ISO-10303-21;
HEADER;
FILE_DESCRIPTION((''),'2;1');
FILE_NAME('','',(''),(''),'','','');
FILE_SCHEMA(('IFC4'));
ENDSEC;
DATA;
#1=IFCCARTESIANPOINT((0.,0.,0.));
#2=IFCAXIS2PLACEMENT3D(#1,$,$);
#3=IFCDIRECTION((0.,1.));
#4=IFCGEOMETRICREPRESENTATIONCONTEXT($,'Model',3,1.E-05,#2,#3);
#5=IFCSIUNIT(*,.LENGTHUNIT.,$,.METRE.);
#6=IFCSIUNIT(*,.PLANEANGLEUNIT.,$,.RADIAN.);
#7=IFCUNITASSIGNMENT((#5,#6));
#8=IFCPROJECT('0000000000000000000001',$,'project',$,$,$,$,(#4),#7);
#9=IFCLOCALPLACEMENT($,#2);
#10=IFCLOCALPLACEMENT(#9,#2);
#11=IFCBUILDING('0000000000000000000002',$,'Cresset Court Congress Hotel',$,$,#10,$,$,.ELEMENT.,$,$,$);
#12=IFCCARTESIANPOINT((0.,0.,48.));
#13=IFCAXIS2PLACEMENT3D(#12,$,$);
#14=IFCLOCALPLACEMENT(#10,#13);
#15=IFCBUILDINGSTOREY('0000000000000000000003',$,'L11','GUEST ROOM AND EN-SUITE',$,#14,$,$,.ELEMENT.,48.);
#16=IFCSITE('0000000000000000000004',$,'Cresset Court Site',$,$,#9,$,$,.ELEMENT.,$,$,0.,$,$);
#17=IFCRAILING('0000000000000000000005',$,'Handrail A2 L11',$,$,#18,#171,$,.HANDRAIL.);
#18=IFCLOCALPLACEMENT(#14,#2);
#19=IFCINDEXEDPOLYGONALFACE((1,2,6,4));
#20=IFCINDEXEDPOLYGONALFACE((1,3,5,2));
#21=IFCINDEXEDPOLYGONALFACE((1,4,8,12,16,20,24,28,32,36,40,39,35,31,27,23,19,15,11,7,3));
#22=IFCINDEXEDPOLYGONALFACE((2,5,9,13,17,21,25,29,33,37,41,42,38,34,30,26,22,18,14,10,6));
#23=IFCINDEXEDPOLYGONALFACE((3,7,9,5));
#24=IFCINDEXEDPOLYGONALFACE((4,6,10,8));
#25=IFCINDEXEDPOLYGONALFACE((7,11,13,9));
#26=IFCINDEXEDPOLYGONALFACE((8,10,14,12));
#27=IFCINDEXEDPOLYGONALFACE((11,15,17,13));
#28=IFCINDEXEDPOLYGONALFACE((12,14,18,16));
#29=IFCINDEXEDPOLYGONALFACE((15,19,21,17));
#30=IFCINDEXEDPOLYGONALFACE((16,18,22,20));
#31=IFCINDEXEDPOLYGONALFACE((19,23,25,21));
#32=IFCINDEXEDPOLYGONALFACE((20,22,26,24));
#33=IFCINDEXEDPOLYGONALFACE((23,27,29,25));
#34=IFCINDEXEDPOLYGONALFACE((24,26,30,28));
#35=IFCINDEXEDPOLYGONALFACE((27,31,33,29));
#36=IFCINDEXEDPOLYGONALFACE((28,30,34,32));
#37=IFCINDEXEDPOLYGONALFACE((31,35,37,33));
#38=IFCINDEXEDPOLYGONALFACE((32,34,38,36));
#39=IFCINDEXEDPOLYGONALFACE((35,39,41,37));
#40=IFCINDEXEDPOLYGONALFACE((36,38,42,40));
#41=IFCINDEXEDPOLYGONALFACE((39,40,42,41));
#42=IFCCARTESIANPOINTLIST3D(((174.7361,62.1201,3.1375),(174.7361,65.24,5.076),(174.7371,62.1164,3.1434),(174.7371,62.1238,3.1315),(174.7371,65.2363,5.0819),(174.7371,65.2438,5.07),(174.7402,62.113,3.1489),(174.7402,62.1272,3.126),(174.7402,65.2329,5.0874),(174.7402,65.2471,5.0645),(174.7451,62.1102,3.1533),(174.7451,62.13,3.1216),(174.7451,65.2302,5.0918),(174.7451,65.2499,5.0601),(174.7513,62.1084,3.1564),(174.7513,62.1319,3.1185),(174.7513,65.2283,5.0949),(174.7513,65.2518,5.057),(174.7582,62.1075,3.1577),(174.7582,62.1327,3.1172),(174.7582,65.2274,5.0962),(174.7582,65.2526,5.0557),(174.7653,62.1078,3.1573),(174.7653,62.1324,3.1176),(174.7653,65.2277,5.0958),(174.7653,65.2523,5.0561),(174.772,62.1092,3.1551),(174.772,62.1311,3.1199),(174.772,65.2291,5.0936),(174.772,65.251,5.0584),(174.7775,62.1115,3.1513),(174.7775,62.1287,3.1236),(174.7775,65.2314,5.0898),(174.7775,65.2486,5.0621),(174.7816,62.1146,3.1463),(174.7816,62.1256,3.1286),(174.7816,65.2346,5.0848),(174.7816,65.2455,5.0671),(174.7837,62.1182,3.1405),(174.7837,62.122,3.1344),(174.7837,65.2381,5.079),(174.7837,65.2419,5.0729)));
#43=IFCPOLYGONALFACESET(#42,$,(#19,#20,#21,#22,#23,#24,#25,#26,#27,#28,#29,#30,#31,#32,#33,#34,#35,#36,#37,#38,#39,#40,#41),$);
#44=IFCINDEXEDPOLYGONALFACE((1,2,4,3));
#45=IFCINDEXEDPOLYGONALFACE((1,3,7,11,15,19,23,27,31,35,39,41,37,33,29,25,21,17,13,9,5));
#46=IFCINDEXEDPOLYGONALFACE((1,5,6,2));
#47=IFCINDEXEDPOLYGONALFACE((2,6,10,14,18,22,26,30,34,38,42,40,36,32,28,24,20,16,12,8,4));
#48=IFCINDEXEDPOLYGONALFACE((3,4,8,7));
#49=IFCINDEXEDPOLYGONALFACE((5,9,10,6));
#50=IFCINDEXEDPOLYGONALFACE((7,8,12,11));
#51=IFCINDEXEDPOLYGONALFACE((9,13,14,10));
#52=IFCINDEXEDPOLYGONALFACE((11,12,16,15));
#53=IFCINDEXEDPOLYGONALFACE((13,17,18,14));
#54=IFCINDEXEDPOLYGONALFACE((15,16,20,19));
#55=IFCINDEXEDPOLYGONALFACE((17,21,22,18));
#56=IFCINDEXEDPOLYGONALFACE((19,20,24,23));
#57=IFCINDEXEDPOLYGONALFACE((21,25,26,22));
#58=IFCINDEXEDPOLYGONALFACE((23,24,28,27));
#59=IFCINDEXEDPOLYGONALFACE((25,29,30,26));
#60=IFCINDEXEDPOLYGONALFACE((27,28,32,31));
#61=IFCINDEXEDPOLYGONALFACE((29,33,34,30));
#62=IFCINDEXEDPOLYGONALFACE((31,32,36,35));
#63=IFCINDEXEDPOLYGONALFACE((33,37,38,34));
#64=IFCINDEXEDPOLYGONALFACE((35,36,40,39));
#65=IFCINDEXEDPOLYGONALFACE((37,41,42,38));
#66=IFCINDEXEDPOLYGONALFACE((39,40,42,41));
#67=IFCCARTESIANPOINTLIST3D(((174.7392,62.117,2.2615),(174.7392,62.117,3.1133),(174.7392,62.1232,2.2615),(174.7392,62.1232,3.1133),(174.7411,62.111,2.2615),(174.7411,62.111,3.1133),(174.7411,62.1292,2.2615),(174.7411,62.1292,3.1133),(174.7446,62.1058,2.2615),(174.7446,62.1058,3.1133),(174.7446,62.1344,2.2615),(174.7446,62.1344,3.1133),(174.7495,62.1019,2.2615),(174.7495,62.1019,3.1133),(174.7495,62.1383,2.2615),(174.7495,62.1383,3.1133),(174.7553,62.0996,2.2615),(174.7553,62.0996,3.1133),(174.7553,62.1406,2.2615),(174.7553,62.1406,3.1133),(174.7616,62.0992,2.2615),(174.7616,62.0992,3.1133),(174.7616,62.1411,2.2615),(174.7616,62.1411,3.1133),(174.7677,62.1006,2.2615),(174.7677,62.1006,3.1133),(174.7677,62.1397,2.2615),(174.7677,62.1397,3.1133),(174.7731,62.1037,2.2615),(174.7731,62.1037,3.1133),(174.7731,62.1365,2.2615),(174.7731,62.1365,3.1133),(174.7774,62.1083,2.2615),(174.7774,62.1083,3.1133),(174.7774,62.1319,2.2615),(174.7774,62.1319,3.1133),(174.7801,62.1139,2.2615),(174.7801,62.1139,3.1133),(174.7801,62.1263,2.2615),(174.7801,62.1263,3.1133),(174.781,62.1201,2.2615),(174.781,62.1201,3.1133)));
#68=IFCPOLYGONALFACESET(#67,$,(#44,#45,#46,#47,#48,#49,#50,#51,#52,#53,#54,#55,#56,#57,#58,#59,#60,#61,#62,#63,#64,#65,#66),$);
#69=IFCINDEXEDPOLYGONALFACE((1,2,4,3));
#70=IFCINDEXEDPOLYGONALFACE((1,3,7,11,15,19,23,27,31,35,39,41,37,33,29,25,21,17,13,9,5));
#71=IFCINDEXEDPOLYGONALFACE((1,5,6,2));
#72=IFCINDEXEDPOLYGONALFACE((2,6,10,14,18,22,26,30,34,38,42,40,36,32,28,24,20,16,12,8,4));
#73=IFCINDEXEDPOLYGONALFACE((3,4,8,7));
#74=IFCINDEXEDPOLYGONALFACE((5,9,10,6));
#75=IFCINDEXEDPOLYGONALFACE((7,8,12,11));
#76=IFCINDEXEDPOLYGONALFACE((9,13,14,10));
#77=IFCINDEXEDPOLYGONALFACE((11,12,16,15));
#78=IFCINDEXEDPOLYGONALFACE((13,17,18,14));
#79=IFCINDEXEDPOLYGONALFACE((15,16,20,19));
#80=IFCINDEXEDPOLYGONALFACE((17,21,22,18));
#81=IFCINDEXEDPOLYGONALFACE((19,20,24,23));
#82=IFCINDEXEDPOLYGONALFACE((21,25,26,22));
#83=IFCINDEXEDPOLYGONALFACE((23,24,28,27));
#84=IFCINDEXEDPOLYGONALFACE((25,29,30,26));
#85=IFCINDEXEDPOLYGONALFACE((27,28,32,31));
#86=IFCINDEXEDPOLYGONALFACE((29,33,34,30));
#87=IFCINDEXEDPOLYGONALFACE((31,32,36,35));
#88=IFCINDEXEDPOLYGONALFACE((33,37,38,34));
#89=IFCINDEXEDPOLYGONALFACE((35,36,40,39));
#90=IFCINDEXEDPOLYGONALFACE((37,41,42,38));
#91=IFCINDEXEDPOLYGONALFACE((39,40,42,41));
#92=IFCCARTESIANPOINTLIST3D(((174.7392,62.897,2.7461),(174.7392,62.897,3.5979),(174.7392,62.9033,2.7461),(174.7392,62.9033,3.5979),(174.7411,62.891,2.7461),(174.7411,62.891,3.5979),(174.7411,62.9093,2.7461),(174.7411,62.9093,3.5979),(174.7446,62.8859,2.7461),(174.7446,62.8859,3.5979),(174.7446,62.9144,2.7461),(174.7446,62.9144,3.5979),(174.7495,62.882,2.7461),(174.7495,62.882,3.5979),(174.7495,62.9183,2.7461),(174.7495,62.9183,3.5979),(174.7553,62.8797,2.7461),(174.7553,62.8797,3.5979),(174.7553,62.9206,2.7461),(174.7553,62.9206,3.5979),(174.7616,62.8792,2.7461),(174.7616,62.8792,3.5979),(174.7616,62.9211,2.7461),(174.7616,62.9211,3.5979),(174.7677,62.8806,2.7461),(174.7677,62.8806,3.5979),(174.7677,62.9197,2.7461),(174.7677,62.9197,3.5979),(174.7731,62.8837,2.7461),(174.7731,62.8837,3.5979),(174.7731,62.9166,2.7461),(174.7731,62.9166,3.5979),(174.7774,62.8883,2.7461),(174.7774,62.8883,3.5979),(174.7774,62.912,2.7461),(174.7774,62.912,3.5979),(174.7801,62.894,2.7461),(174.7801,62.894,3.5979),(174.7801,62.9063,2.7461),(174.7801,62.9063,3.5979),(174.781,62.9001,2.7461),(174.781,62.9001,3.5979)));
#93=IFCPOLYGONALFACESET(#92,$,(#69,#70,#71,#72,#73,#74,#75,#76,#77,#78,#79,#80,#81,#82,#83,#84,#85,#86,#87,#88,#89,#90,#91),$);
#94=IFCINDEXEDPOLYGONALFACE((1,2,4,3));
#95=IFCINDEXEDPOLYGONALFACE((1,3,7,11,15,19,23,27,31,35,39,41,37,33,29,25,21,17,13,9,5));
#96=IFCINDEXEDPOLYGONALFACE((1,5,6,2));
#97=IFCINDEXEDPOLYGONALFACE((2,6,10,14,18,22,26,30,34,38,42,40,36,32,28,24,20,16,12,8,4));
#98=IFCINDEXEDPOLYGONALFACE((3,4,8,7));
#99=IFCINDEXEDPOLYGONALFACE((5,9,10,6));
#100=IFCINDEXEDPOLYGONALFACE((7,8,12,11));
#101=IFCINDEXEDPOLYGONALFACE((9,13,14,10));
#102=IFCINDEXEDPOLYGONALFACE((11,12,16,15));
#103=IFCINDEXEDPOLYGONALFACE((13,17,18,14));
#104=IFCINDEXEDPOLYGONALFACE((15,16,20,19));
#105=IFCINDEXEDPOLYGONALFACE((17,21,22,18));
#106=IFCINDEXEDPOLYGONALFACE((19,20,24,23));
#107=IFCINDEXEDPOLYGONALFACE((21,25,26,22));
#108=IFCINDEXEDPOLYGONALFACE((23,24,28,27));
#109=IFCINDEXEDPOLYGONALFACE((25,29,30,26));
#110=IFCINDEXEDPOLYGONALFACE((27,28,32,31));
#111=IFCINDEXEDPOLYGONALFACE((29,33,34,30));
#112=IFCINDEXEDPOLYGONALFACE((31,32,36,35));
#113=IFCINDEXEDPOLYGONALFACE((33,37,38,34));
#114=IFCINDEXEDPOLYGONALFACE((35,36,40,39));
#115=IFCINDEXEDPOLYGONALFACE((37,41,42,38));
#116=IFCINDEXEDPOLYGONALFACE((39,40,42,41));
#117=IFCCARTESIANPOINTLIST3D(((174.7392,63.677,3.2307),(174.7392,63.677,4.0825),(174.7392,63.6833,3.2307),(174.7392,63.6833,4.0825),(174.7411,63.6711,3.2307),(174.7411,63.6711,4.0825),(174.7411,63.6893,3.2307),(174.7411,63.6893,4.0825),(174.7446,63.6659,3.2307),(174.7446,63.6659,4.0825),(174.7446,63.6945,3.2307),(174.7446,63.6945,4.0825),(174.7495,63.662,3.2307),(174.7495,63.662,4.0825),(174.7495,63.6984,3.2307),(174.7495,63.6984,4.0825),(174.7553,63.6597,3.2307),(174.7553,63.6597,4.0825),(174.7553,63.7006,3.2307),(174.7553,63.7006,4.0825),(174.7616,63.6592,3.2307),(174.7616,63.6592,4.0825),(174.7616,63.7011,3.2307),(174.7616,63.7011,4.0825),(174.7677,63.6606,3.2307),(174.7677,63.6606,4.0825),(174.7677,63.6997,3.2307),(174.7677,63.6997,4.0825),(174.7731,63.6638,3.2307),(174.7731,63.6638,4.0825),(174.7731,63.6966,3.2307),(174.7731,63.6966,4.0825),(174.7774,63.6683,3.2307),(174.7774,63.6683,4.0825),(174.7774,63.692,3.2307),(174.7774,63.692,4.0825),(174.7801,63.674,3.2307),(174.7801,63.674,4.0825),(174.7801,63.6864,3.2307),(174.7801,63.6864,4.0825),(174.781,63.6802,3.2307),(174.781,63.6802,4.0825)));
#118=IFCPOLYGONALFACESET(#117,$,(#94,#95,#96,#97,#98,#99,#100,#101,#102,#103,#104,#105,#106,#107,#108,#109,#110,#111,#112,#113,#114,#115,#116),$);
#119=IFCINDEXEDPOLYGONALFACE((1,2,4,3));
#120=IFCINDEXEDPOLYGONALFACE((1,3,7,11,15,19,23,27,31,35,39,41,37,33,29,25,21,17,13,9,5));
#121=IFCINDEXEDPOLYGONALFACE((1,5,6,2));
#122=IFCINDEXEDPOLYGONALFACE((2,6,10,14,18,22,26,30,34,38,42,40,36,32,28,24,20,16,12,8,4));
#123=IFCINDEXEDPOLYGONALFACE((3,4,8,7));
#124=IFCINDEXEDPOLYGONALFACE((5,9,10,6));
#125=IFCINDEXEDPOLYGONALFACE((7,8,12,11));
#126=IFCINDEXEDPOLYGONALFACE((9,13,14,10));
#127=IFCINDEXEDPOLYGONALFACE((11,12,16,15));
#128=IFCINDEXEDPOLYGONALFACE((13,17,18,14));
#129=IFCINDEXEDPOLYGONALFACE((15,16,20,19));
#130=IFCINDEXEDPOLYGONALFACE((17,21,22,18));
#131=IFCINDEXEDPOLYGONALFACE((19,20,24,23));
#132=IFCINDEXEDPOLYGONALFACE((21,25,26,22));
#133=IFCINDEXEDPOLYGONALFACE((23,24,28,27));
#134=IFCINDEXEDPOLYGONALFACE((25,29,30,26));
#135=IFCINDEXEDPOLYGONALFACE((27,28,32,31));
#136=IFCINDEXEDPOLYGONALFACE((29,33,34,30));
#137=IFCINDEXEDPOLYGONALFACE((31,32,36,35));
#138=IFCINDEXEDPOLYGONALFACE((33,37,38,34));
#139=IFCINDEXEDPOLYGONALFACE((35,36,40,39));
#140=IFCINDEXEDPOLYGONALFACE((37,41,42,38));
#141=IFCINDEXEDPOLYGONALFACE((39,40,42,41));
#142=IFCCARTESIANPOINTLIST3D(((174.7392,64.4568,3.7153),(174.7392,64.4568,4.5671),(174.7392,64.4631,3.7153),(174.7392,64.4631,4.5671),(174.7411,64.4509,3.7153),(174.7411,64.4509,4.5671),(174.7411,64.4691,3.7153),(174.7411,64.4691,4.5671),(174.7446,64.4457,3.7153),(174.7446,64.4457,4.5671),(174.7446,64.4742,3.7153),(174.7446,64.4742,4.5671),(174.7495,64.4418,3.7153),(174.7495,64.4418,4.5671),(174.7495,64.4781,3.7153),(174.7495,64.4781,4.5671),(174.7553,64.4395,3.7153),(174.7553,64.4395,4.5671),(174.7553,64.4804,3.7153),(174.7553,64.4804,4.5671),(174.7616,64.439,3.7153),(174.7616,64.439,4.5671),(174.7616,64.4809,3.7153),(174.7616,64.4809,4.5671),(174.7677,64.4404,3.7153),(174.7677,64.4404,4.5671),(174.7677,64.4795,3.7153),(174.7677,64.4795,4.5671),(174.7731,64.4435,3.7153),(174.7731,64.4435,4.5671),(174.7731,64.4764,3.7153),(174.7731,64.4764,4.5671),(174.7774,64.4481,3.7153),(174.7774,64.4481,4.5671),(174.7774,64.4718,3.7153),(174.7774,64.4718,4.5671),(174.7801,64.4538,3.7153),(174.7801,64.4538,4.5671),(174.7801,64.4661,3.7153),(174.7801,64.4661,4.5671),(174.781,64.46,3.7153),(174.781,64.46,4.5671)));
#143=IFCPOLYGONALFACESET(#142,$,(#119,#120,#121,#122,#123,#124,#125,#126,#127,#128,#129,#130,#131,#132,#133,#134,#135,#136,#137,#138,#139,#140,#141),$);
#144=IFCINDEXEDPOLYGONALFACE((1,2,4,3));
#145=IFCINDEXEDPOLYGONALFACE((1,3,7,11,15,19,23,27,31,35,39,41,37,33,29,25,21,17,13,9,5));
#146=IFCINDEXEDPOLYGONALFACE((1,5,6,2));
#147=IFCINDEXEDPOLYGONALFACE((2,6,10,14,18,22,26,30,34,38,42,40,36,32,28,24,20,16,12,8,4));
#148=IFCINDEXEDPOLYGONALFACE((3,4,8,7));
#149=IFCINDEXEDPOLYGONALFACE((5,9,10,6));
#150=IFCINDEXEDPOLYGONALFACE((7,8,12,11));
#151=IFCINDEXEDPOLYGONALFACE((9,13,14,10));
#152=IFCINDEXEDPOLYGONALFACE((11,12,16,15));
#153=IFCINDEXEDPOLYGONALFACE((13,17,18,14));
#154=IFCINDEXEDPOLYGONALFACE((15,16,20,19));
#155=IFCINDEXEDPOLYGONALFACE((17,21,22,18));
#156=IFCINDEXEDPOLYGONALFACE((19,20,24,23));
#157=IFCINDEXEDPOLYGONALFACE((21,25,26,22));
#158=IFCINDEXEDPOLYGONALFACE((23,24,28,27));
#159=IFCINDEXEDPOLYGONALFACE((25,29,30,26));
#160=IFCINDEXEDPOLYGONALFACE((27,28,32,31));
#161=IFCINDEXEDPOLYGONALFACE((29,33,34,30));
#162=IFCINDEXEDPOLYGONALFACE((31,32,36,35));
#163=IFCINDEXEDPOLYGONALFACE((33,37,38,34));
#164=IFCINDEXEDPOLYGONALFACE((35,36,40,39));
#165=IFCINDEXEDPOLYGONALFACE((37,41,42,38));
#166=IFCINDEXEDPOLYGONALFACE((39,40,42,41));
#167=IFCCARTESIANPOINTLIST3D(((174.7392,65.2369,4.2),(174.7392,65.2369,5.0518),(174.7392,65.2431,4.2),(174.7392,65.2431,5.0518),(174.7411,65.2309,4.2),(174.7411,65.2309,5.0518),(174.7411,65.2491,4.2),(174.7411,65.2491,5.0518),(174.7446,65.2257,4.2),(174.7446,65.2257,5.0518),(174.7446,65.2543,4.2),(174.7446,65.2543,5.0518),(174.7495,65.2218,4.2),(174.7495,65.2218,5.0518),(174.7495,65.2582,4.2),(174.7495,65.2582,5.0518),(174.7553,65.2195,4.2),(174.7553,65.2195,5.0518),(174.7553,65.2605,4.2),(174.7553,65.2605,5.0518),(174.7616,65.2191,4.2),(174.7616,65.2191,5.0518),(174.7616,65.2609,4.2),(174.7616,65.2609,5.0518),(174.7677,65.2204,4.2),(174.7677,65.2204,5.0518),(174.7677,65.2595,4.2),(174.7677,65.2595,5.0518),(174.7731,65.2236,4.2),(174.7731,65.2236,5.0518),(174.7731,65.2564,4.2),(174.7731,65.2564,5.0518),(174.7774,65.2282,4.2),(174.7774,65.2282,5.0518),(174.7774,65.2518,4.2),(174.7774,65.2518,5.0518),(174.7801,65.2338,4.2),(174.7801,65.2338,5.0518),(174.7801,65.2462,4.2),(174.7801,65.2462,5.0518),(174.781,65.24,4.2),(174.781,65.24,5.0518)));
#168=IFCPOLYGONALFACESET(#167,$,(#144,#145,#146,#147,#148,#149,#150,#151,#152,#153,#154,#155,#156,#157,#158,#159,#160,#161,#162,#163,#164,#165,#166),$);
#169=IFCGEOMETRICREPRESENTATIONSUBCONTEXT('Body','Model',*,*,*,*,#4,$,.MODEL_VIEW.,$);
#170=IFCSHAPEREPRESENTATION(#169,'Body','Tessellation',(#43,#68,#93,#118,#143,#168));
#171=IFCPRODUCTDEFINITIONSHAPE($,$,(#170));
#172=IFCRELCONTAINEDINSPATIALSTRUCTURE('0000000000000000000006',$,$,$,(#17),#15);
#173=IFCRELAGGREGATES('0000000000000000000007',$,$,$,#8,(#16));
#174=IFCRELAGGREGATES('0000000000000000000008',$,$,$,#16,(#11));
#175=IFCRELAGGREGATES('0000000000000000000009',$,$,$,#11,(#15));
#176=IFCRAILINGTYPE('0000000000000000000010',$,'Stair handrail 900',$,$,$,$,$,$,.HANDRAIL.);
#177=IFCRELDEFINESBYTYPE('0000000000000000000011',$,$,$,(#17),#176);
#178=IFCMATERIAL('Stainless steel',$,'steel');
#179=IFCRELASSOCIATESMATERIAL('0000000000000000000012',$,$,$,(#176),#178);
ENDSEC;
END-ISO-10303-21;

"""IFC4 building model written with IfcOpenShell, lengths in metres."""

from ifc_helpers import new_model, si_unit, direction, frame, origin, origin_2d, place, context, subcontext, project, spatial, circle, extrude, material, type_object, element, save


model = new_model("IFC4")

# Units and contexts
model_context = context("Model", 3, precision=1e-05, world=origin(), true_north=direction((0.0, 1.0)))
body_context = subcontext(model_context, "Body", "Model", "MODEL_VIEW")
ifc_project = project(units=[si_unit("LENGTHUNIT", "METRE"), si_unit("PLANEANGLEUNIT", "RADIAN")], contexts=[model_context])

# Site, building, storey
site_placement = place(None, origin())
site = spatial("IfcSite", under=ifc_project, at=site_placement, Name="Cresset Court Site", CompositionType="ELEMENT", RefElevation=0.0)
building_placement = place(site_placement, origin())
building = spatial("IfcBuilding", under=site, at=building_placement, Name="Cresset Court Congress Hotel", CompositionType="ELEMENT")
storey_placement = place(building_placement, frame((0.0, 0.0, 48.0)))
storey = spatial("IfcBuildingStorey", under=building, at=storey_placement, Name="L11", Description="GUEST ROOM AND EN-SUITE", CompositionType="ELEMENT", Elevation=48.0)

# Railing
ifc_material_1 = material(Name="Stainless steel", Category="steel")
railing_type_1 = type_object("IfcRailingType", Name="Stair handrail 900", PredefinedType="HANDRAIL", material=ifc_material_1)
railing_1_placement = place(storey_placement, frame((174.76, 62.1201, 2.2615)))
element("IfcRailing", 1, at=railing_1_placement, inside=storey, type_object=railing_type_1, Name="Handrail A2 L11", PredefinedType="HANDRAIL", context=body_context, shape_type="SweptSolid", body=[
    extrude(circle(Radius=0.0239, at=origin_2d()), frame((0.0, 0.0, 0.876), z_axis=(0.0, 0.849396, 0.527757), x_axis=(-1.0, 0.0, 0.0)), (0.0, 0.0, 1.0), 3.6731),
    extrude(circle(Radius=0.021, at=origin_2d()), origin(), (0.0, 0.0, 1.0), 0.8518),
    extrude(circle(Radius=0.021, at=origin_2d()), frame((0.0, 0.78, 0.4846)), (0.0, 0.0, 1.0), 0.8518),
    extrude(circle(Radius=0.021, at=origin_2d()), frame((0.0, 1.5601, 0.9692)), (0.0, 0.0, 1.0), 0.8518),
    extrude(circle(Radius=0.021, at=origin_2d()), frame((0.0, 2.3398, 1.4539)), (0.0, 0.0, 1.0), 0.8518),
    extrude(circle(Radius=0.021, at=origin_2d()), frame((0.0, 3.1199, 1.9385)), (0.0, 0.0, 1.0), 0.8518),
])

save(model, "model.ifc")
